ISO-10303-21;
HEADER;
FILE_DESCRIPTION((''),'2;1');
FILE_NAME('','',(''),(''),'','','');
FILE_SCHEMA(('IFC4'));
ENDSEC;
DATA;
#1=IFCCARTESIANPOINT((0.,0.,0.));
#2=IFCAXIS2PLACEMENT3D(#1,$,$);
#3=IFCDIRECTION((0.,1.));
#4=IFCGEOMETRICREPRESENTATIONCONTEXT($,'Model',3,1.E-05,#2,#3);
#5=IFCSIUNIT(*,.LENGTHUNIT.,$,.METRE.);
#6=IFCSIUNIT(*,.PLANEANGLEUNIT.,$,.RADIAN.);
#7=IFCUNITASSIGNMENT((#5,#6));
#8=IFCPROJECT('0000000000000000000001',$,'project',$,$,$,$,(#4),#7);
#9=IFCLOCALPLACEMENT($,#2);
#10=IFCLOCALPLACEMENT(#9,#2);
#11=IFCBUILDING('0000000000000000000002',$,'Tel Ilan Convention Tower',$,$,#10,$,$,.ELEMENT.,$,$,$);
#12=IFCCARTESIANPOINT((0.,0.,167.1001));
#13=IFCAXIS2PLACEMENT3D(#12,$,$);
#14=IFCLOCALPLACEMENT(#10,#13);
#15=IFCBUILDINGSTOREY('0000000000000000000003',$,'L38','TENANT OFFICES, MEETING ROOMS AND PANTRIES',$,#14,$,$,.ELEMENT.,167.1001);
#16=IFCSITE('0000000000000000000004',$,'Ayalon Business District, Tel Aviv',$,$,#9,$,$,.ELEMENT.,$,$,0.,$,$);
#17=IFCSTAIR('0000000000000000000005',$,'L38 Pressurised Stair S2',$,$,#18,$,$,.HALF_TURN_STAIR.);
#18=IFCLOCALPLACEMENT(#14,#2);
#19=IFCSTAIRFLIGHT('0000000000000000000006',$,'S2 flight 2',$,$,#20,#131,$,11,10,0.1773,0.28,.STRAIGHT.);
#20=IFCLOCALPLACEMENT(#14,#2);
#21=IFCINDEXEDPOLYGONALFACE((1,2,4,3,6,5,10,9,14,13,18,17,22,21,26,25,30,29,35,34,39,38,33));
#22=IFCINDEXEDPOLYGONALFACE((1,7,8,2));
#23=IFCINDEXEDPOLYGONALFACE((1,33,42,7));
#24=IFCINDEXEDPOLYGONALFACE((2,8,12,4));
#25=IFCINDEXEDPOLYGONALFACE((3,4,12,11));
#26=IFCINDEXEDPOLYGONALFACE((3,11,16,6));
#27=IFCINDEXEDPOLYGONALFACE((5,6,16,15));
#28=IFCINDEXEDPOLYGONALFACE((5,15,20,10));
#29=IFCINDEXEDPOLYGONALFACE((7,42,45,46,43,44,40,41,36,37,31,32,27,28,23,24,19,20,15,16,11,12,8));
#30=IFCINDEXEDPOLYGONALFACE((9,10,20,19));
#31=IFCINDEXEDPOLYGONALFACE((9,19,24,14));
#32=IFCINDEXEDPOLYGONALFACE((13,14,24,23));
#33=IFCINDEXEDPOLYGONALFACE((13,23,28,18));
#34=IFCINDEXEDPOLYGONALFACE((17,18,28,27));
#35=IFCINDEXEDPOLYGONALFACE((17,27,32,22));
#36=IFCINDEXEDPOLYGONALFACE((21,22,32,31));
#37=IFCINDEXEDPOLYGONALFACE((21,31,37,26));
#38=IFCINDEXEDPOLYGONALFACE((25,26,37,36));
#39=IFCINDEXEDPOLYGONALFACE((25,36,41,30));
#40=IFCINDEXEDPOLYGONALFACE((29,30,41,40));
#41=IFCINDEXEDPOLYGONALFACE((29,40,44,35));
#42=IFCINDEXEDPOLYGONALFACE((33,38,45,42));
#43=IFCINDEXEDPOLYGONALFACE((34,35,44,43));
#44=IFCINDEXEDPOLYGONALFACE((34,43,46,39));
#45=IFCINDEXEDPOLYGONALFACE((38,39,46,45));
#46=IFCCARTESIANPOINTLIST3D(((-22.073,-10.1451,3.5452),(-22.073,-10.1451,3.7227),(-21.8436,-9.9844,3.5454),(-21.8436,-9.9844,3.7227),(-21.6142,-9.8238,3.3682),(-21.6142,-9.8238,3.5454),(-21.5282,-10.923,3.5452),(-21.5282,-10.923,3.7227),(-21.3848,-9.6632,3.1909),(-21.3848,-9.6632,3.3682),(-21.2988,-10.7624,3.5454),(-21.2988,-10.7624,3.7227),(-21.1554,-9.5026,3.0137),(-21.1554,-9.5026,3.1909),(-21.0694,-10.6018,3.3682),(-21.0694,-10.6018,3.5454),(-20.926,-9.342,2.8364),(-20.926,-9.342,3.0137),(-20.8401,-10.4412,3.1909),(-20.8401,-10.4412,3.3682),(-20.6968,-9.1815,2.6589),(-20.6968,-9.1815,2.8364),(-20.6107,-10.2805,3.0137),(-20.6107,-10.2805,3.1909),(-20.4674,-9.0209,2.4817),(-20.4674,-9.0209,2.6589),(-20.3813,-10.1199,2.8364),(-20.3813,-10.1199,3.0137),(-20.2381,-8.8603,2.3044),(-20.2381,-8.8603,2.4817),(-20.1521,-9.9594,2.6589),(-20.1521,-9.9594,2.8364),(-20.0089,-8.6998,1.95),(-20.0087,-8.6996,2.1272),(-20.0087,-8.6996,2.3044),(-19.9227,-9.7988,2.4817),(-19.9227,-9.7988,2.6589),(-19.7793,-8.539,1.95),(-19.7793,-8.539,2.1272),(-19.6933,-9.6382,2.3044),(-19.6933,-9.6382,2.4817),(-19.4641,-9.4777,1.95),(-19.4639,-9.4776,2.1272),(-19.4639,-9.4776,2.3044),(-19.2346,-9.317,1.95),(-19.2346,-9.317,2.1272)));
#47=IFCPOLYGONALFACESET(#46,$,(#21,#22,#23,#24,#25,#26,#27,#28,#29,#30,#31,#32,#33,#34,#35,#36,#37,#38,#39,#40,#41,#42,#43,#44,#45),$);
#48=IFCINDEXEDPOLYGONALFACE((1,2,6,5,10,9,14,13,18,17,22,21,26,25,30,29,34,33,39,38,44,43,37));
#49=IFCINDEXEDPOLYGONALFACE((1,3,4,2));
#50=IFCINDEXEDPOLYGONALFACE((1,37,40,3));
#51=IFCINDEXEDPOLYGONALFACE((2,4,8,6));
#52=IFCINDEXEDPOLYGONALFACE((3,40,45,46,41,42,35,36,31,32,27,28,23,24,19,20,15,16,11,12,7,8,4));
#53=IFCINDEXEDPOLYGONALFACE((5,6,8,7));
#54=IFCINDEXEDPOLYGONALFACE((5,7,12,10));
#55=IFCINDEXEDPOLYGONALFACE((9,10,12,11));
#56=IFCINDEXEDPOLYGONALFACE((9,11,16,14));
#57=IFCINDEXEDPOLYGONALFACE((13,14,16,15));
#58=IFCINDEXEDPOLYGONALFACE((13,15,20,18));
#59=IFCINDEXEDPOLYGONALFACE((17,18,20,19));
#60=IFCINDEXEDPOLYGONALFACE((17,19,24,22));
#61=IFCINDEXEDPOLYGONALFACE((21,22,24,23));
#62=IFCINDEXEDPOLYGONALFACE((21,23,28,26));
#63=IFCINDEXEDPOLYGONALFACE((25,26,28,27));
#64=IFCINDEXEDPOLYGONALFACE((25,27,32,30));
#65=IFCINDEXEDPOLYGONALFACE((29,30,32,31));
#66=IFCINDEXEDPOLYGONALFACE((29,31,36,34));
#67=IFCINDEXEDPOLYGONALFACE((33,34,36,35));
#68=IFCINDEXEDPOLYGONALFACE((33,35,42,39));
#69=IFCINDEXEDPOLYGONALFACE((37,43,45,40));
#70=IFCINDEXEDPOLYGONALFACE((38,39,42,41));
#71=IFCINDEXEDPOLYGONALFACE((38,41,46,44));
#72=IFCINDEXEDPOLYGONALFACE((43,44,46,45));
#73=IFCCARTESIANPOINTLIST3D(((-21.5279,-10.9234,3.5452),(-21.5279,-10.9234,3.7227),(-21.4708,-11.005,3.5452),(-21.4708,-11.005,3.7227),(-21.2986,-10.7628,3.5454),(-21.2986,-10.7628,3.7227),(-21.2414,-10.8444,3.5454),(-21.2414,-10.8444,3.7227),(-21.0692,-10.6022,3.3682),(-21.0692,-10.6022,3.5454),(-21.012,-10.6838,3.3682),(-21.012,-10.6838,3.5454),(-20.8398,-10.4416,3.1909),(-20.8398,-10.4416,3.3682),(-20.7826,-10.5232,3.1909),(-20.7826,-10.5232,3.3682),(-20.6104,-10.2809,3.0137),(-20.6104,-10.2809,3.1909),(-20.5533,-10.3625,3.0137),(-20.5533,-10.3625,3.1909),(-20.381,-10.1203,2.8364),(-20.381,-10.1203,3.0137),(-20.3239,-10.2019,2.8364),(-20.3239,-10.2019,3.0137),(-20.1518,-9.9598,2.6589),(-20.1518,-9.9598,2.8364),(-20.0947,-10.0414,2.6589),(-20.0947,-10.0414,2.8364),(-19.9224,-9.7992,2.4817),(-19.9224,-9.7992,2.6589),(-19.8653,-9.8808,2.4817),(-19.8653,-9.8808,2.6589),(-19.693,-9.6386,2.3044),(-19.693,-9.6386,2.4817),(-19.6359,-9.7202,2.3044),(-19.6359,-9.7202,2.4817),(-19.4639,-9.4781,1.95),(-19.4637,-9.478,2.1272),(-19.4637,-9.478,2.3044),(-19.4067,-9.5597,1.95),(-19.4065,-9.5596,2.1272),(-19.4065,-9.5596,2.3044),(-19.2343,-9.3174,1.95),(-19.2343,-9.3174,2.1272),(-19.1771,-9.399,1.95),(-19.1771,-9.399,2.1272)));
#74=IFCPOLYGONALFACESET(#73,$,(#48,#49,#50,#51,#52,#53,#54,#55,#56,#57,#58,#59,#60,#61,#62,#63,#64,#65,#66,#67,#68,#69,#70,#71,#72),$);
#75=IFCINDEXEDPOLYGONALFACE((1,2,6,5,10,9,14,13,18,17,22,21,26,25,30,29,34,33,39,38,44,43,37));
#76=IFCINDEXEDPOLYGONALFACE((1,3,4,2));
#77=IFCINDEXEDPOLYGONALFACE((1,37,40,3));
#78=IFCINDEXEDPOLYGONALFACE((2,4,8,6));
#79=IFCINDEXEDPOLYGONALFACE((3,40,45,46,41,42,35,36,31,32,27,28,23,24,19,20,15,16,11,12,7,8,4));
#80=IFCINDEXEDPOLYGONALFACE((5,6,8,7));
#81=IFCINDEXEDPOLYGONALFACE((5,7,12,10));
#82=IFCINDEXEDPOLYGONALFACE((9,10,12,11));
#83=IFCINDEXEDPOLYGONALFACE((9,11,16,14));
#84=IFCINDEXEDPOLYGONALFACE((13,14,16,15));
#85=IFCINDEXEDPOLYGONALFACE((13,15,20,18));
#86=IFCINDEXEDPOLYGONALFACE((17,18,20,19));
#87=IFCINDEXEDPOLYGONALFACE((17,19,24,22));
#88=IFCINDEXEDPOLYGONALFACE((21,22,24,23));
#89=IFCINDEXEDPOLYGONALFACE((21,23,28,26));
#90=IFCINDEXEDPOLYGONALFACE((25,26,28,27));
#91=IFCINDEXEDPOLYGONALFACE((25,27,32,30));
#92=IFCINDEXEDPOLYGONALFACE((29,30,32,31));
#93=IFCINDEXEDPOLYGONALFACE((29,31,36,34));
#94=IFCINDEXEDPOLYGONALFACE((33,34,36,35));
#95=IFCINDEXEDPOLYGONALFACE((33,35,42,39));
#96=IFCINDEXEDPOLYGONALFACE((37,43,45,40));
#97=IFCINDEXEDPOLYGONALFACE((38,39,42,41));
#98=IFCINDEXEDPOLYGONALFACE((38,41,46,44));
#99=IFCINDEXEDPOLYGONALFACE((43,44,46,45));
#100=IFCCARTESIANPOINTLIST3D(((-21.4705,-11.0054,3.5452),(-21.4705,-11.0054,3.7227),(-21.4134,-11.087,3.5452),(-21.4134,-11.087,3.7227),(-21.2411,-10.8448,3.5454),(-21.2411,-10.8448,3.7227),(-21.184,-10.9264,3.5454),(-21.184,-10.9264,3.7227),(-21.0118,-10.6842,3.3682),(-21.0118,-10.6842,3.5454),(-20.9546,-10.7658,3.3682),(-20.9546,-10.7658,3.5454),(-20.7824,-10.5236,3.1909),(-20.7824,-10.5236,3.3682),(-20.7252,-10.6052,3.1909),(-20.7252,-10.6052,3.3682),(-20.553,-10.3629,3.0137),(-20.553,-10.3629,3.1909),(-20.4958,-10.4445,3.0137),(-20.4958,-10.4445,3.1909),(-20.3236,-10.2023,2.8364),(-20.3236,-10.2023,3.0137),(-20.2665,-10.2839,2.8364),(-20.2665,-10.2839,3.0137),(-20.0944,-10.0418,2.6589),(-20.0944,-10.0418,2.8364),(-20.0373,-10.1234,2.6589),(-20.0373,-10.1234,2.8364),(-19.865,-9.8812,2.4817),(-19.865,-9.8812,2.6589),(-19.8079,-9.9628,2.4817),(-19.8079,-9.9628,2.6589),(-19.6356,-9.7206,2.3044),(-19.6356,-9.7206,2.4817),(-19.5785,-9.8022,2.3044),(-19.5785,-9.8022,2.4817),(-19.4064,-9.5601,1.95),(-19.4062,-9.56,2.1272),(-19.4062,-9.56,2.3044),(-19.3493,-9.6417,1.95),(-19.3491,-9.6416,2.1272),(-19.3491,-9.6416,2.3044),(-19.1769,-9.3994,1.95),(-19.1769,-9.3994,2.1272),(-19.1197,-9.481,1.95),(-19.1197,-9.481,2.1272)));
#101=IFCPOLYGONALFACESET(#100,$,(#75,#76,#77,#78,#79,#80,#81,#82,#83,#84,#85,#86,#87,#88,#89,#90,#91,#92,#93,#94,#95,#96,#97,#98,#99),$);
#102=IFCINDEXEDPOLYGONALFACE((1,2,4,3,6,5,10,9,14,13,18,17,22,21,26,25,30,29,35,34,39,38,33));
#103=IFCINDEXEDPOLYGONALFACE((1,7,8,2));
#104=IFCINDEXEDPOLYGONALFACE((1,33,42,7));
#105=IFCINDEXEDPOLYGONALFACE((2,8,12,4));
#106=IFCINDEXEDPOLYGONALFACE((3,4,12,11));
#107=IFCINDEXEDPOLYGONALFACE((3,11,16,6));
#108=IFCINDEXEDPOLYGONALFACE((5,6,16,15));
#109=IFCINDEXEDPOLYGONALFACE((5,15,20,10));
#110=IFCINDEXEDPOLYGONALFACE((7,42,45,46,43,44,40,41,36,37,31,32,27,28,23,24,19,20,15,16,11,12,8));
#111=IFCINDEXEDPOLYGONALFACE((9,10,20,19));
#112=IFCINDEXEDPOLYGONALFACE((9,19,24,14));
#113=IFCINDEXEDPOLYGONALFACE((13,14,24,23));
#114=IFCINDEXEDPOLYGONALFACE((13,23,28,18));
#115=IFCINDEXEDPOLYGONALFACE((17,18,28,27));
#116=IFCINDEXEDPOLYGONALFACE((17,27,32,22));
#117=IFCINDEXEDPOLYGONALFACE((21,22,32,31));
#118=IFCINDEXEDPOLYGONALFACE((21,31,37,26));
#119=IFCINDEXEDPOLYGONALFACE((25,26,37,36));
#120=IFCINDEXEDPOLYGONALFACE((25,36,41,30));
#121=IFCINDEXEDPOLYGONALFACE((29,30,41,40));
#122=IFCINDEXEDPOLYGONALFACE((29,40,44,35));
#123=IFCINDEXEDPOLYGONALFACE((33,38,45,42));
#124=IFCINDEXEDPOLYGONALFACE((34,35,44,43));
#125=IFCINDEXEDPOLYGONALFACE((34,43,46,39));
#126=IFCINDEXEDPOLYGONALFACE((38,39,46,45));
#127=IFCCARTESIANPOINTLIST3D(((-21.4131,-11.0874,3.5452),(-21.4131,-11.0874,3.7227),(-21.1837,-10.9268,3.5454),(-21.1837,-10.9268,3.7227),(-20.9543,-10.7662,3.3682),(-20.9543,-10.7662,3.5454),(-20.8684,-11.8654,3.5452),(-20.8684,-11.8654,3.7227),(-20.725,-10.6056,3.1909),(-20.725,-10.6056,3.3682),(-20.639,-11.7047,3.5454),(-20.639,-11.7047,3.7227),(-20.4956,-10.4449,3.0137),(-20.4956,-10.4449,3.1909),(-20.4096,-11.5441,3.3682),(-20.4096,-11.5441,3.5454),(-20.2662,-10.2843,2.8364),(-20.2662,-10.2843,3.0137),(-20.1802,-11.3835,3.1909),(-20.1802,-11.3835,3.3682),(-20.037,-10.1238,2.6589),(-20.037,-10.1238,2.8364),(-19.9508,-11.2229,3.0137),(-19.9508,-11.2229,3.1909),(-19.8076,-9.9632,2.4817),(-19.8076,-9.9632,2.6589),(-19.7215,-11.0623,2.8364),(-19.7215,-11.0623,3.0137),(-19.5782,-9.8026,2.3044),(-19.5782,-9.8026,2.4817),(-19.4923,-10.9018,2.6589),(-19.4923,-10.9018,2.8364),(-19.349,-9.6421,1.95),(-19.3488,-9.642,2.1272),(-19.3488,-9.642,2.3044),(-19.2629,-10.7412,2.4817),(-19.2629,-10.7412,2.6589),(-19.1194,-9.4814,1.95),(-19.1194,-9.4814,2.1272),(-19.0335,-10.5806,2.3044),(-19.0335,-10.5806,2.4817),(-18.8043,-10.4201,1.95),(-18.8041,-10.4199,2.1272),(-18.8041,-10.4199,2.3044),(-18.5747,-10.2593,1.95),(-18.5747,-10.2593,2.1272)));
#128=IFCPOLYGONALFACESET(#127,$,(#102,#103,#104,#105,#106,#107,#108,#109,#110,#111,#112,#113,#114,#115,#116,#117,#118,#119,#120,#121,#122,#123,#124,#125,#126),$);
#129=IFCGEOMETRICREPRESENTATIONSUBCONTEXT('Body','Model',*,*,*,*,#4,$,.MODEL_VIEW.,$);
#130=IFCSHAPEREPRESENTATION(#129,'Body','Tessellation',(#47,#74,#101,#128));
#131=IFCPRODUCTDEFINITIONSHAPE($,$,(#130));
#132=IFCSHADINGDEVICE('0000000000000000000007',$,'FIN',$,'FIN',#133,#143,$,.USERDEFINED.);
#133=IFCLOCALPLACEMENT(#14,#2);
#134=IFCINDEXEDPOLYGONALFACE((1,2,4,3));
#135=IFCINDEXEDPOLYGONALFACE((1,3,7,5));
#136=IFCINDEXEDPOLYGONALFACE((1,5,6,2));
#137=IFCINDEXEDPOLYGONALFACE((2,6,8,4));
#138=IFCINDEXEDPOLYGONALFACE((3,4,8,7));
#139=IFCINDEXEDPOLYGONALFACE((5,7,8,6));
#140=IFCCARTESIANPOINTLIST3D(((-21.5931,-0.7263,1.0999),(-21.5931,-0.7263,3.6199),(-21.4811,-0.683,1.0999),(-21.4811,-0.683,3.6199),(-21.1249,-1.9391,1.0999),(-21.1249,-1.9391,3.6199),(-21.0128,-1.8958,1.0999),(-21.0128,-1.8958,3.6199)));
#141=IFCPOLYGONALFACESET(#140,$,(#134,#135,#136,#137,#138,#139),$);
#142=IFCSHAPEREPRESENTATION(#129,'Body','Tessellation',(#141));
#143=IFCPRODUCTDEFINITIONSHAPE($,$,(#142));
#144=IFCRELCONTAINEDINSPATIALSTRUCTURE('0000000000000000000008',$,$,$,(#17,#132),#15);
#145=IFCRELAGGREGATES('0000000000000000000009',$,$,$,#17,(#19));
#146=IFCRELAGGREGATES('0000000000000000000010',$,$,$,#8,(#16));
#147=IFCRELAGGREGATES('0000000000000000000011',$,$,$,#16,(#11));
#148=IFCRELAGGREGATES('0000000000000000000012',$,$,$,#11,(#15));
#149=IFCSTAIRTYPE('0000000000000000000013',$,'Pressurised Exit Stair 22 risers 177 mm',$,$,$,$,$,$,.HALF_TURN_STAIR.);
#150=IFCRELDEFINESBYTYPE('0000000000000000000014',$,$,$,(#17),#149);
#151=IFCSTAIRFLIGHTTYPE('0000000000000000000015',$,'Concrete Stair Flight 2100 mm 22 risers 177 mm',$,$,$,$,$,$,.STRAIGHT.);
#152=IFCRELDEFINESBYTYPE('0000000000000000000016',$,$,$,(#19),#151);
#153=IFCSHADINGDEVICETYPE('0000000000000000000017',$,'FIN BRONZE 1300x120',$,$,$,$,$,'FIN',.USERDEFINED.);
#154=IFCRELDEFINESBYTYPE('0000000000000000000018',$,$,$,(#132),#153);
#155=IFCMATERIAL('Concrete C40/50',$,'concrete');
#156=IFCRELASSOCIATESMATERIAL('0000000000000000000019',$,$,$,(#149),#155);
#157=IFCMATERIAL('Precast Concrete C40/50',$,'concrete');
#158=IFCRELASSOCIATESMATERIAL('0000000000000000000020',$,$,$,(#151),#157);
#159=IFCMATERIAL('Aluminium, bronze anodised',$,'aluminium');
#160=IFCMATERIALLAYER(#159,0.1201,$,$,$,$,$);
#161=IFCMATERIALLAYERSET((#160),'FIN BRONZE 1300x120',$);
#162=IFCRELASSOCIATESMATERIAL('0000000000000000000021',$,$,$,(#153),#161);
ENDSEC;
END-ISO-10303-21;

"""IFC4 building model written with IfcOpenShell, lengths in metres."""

from ifc_helpers import new_model, si_unit, direction, frame, origin, origin_2d, place, context, subcontext, project, spatial, polyline, rectangle, outline, extrude, material, layer, layer_set, type_object, element, aggregate, save


model = new_model("IFC4")

# Units and contexts
model_context = context("Model", 3, precision=1e-05, world=origin(), true_north=direction((0.0, 1.0)))
body_context = subcontext(model_context, "Body", "Model", "MODEL_VIEW")
ifc_project = project(units=[si_unit("LENGTHUNIT", "METRE"), si_unit("PLANEANGLEUNIT", "RADIAN")], contexts=[model_context])

# Site, building, storey
site_placement = place(None, origin())
site = spatial("IfcSite", under=ifc_project, at=site_placement, Name="Ayalon Business District, Tel Aviv", CompositionType="ELEMENT", RefElevation=0.0)
building_placement = place(site_placement, origin())
building = spatial("IfcBuilding", under=site, at=building_placement, Name="Tel Ilan Convention Tower", CompositionType="ELEMENT")
storey_placement = place(building_placement, frame((0.0, 0.0, 167.1001)))
storey = spatial("IfcBuildingStorey", under=building, at=storey_placement, Name="L38", Description="TENANT OFFICES, MEETING ROOMS AND PANTRIES", CompositionType="ELEMENT", Elevation=167.1001)

# Stair, stair flight
ifc_material_1 = material(Name="Concrete C40/50", Category="concrete")
stair_type = type_object("IfcStairType", Name="Pressurised Exit Stair 22 risers 177 mm", PredefinedType="HALF_TURN_STAIR", material=ifc_material_1)
ifc_material_2 = material(Name="Precast Concrete C40/50", Category="concrete")
stair_flight_type = type_object("IfcStairFlightType", Name="Concrete Stair Flight 2100 mm 22 risers 177 mm", PredefinedType="STRAIGHT", material=ifc_material_2)
stair_1_placement = place(storey_placement, origin())
stair_1 = element("IfcStair", 1, at=stair_1_placement, inside=storey, type_object=stair_type, Name="L38 Pressurised Stair S2", PredefinedType="HALF_TURN_STAIR")
stair_flight_1_placement = place(storey_placement, frame((-19.177, -9.3992, 1.95), z_axis=(0.0, 0.0, 1.0), x_axis=(-0.819152, -0.573576, 0.0)))
stair_flight_1 = element("IfcStairFlight", 2, at=stair_flight_1_placement, type_object=stair_flight_type, Name="S2 flight 2", NumberOfRisers=11, NumberOfTreads=10, PredefinedType="STRAIGHT", RiserHeight=0.1773, TreadLength=0.28, context=body_context, shape_type="SweptSolid", body=[
    extrude(outline(polyline([(0.0, 0.0), (0.0, 0.1772), (0.28, 0.1772), (0.28, 0.3545), (0.5601, 0.3545), (0.5601, 0.5317), (0.8401, 0.5317), (0.8401, 0.709), (1.1201, 0.709), (1.1201, 0.8865), (1.3999, 0.8865), (1.3999, 1.0637), (1.6799, 1.0637), (1.6799, 1.241), (1.96, 1.241), (1.96, 1.4182), (2.24, 1.4182), (2.24, 1.5955), (2.52, 1.5955), (2.52, 1.7727), (2.8, 1.7727), (2.8, 1.95), (2.8, 1.5952), (0.2803, 0.0), (0.0, 0.0)])), frame((0.0, -0.1003, 0.0), z_axis=(0.0, -1.0, 0.0), x_axis=(1.0, 0.0, 0.0)), (0.0, 0.0, 1.0), 0.9497),
    extrude(outline(polyline([(0.0, 0.0), (0.0, 0.1772), (0.28, 0.1772), (0.28, 0.3545), (0.5601, 0.3545), (0.5601, 0.5317), (0.8401, 0.5317), (0.8401, 0.709), (1.1201, 0.709), (1.1201, 0.8865), (1.3999, 0.8865), (1.3999, 1.0637), (1.6799, 1.0637), (1.6799, 1.241), (1.96, 1.241), (1.96, 1.4182), (2.24, 1.4182), (2.24, 1.5955), (2.52, 1.5955), (2.52, 1.7727), (2.8, 1.7727), (2.8, 1.95), (2.8, 1.5952), (0.2803, 0.0), (0.0, 0.0)])), frame((0.0, -0.0002, 0.0), z_axis=(0.0, -1.0, 0.0), x_axis=(1.0, 0.0, 0.0)), (0.0, 0.0, 1.0), 0.0996),
    extrude(outline(polyline([(0.0, 0.0), (0.0, 0.1772), (0.28, 0.1772), (0.28, 0.3545), (0.5601, 0.3545), (0.5601, 0.5317), (0.8401, 0.5317), (0.8401, 0.709), (1.1201, 0.709), (1.1201, 0.8865), (1.3999, 0.8865), (1.3999, 1.0637), (1.6799, 1.0637), (1.6799, 1.241), (1.96, 1.241), (1.96, 1.4182), (2.24, 1.4182), (2.24, 1.5955), (2.52, 1.5955), (2.52, 1.7727), (2.8, 1.7727), (2.8, 1.95), (2.8, 1.5952), (0.2803, 0.0), (0.0, 0.0)])), frame((0.0, 0.0999, 0.0), z_axis=(0.0, -1.0, 0.0), x_axis=(1.0, 0.0, 0.0)), (0.0, 0.0, 1.0), 0.0996),
    extrude(outline(polyline([(0.0, 0.0), (0.0, 0.1772), (0.28, 0.1772), (0.28, 0.3545), (0.5601, 0.3545), (0.5601, 0.5317), (0.8401, 0.5317), (0.8401, 0.709), (1.1201, 0.709), (1.1201, 0.8865), (1.3999, 0.8865), (1.3999, 1.0637), (1.6799, 1.0637), (1.6799, 1.241), (1.96, 1.241), (1.96, 1.4182), (2.24, 1.4182), (2.24, 1.5955), (2.52, 1.5955), (2.52, 1.7727), (2.8, 1.7727), (2.8, 1.95), (2.8, 1.5952), (0.2803, 0.0), (0.0, 0.0)])), frame((0.0, 1.05, 0.0), z_axis=(0.0, -1.0, 0.0), x_axis=(1.0, 0.0, 0.0)), (0.0, 0.0, 1.0), 0.9497),
])
aggregate(stair_1, [stair_flight_1])

# Shading device
ifc_material_3 = material(Name="Aluminium, bronze anodised", Category="aluminium")
ifc_layer_1 = layer(ifc_material_3, 0.1201)
ifc_layer_set_1 = layer_set([ifc_layer_1], Name="FIN BRONZE 1300x120")
shading_device_type = type_object("IfcShadingDeviceType", Name="FIN BRONZE 1300x120", ElementType="FIN", PredefinedType="USERDEFINED", material=ifc_layer_set_1)
shading_device_placement = place(storey_placement, frame((-21.303, -1.311, 1.0999), z_axis=(0.0, 0.0, 1.0), x_axis=(-0.360178, 0.932884, 0.0)))
element("IfcShadingDevice", 3, at=shading_device_placement, inside=storey, type_object=shading_device_type, Name="FIN", ObjectType="FIN", PredefinedType="USERDEFINED", context=body_context, shape_type="SweptSolid", body=[
    extrude(rectangle(XDim=1.3, YDim=0.1201, at=origin_2d()), origin(), (0.0, 0.0, 1.0), 2.52),
])

save(model, "model.ifc")
